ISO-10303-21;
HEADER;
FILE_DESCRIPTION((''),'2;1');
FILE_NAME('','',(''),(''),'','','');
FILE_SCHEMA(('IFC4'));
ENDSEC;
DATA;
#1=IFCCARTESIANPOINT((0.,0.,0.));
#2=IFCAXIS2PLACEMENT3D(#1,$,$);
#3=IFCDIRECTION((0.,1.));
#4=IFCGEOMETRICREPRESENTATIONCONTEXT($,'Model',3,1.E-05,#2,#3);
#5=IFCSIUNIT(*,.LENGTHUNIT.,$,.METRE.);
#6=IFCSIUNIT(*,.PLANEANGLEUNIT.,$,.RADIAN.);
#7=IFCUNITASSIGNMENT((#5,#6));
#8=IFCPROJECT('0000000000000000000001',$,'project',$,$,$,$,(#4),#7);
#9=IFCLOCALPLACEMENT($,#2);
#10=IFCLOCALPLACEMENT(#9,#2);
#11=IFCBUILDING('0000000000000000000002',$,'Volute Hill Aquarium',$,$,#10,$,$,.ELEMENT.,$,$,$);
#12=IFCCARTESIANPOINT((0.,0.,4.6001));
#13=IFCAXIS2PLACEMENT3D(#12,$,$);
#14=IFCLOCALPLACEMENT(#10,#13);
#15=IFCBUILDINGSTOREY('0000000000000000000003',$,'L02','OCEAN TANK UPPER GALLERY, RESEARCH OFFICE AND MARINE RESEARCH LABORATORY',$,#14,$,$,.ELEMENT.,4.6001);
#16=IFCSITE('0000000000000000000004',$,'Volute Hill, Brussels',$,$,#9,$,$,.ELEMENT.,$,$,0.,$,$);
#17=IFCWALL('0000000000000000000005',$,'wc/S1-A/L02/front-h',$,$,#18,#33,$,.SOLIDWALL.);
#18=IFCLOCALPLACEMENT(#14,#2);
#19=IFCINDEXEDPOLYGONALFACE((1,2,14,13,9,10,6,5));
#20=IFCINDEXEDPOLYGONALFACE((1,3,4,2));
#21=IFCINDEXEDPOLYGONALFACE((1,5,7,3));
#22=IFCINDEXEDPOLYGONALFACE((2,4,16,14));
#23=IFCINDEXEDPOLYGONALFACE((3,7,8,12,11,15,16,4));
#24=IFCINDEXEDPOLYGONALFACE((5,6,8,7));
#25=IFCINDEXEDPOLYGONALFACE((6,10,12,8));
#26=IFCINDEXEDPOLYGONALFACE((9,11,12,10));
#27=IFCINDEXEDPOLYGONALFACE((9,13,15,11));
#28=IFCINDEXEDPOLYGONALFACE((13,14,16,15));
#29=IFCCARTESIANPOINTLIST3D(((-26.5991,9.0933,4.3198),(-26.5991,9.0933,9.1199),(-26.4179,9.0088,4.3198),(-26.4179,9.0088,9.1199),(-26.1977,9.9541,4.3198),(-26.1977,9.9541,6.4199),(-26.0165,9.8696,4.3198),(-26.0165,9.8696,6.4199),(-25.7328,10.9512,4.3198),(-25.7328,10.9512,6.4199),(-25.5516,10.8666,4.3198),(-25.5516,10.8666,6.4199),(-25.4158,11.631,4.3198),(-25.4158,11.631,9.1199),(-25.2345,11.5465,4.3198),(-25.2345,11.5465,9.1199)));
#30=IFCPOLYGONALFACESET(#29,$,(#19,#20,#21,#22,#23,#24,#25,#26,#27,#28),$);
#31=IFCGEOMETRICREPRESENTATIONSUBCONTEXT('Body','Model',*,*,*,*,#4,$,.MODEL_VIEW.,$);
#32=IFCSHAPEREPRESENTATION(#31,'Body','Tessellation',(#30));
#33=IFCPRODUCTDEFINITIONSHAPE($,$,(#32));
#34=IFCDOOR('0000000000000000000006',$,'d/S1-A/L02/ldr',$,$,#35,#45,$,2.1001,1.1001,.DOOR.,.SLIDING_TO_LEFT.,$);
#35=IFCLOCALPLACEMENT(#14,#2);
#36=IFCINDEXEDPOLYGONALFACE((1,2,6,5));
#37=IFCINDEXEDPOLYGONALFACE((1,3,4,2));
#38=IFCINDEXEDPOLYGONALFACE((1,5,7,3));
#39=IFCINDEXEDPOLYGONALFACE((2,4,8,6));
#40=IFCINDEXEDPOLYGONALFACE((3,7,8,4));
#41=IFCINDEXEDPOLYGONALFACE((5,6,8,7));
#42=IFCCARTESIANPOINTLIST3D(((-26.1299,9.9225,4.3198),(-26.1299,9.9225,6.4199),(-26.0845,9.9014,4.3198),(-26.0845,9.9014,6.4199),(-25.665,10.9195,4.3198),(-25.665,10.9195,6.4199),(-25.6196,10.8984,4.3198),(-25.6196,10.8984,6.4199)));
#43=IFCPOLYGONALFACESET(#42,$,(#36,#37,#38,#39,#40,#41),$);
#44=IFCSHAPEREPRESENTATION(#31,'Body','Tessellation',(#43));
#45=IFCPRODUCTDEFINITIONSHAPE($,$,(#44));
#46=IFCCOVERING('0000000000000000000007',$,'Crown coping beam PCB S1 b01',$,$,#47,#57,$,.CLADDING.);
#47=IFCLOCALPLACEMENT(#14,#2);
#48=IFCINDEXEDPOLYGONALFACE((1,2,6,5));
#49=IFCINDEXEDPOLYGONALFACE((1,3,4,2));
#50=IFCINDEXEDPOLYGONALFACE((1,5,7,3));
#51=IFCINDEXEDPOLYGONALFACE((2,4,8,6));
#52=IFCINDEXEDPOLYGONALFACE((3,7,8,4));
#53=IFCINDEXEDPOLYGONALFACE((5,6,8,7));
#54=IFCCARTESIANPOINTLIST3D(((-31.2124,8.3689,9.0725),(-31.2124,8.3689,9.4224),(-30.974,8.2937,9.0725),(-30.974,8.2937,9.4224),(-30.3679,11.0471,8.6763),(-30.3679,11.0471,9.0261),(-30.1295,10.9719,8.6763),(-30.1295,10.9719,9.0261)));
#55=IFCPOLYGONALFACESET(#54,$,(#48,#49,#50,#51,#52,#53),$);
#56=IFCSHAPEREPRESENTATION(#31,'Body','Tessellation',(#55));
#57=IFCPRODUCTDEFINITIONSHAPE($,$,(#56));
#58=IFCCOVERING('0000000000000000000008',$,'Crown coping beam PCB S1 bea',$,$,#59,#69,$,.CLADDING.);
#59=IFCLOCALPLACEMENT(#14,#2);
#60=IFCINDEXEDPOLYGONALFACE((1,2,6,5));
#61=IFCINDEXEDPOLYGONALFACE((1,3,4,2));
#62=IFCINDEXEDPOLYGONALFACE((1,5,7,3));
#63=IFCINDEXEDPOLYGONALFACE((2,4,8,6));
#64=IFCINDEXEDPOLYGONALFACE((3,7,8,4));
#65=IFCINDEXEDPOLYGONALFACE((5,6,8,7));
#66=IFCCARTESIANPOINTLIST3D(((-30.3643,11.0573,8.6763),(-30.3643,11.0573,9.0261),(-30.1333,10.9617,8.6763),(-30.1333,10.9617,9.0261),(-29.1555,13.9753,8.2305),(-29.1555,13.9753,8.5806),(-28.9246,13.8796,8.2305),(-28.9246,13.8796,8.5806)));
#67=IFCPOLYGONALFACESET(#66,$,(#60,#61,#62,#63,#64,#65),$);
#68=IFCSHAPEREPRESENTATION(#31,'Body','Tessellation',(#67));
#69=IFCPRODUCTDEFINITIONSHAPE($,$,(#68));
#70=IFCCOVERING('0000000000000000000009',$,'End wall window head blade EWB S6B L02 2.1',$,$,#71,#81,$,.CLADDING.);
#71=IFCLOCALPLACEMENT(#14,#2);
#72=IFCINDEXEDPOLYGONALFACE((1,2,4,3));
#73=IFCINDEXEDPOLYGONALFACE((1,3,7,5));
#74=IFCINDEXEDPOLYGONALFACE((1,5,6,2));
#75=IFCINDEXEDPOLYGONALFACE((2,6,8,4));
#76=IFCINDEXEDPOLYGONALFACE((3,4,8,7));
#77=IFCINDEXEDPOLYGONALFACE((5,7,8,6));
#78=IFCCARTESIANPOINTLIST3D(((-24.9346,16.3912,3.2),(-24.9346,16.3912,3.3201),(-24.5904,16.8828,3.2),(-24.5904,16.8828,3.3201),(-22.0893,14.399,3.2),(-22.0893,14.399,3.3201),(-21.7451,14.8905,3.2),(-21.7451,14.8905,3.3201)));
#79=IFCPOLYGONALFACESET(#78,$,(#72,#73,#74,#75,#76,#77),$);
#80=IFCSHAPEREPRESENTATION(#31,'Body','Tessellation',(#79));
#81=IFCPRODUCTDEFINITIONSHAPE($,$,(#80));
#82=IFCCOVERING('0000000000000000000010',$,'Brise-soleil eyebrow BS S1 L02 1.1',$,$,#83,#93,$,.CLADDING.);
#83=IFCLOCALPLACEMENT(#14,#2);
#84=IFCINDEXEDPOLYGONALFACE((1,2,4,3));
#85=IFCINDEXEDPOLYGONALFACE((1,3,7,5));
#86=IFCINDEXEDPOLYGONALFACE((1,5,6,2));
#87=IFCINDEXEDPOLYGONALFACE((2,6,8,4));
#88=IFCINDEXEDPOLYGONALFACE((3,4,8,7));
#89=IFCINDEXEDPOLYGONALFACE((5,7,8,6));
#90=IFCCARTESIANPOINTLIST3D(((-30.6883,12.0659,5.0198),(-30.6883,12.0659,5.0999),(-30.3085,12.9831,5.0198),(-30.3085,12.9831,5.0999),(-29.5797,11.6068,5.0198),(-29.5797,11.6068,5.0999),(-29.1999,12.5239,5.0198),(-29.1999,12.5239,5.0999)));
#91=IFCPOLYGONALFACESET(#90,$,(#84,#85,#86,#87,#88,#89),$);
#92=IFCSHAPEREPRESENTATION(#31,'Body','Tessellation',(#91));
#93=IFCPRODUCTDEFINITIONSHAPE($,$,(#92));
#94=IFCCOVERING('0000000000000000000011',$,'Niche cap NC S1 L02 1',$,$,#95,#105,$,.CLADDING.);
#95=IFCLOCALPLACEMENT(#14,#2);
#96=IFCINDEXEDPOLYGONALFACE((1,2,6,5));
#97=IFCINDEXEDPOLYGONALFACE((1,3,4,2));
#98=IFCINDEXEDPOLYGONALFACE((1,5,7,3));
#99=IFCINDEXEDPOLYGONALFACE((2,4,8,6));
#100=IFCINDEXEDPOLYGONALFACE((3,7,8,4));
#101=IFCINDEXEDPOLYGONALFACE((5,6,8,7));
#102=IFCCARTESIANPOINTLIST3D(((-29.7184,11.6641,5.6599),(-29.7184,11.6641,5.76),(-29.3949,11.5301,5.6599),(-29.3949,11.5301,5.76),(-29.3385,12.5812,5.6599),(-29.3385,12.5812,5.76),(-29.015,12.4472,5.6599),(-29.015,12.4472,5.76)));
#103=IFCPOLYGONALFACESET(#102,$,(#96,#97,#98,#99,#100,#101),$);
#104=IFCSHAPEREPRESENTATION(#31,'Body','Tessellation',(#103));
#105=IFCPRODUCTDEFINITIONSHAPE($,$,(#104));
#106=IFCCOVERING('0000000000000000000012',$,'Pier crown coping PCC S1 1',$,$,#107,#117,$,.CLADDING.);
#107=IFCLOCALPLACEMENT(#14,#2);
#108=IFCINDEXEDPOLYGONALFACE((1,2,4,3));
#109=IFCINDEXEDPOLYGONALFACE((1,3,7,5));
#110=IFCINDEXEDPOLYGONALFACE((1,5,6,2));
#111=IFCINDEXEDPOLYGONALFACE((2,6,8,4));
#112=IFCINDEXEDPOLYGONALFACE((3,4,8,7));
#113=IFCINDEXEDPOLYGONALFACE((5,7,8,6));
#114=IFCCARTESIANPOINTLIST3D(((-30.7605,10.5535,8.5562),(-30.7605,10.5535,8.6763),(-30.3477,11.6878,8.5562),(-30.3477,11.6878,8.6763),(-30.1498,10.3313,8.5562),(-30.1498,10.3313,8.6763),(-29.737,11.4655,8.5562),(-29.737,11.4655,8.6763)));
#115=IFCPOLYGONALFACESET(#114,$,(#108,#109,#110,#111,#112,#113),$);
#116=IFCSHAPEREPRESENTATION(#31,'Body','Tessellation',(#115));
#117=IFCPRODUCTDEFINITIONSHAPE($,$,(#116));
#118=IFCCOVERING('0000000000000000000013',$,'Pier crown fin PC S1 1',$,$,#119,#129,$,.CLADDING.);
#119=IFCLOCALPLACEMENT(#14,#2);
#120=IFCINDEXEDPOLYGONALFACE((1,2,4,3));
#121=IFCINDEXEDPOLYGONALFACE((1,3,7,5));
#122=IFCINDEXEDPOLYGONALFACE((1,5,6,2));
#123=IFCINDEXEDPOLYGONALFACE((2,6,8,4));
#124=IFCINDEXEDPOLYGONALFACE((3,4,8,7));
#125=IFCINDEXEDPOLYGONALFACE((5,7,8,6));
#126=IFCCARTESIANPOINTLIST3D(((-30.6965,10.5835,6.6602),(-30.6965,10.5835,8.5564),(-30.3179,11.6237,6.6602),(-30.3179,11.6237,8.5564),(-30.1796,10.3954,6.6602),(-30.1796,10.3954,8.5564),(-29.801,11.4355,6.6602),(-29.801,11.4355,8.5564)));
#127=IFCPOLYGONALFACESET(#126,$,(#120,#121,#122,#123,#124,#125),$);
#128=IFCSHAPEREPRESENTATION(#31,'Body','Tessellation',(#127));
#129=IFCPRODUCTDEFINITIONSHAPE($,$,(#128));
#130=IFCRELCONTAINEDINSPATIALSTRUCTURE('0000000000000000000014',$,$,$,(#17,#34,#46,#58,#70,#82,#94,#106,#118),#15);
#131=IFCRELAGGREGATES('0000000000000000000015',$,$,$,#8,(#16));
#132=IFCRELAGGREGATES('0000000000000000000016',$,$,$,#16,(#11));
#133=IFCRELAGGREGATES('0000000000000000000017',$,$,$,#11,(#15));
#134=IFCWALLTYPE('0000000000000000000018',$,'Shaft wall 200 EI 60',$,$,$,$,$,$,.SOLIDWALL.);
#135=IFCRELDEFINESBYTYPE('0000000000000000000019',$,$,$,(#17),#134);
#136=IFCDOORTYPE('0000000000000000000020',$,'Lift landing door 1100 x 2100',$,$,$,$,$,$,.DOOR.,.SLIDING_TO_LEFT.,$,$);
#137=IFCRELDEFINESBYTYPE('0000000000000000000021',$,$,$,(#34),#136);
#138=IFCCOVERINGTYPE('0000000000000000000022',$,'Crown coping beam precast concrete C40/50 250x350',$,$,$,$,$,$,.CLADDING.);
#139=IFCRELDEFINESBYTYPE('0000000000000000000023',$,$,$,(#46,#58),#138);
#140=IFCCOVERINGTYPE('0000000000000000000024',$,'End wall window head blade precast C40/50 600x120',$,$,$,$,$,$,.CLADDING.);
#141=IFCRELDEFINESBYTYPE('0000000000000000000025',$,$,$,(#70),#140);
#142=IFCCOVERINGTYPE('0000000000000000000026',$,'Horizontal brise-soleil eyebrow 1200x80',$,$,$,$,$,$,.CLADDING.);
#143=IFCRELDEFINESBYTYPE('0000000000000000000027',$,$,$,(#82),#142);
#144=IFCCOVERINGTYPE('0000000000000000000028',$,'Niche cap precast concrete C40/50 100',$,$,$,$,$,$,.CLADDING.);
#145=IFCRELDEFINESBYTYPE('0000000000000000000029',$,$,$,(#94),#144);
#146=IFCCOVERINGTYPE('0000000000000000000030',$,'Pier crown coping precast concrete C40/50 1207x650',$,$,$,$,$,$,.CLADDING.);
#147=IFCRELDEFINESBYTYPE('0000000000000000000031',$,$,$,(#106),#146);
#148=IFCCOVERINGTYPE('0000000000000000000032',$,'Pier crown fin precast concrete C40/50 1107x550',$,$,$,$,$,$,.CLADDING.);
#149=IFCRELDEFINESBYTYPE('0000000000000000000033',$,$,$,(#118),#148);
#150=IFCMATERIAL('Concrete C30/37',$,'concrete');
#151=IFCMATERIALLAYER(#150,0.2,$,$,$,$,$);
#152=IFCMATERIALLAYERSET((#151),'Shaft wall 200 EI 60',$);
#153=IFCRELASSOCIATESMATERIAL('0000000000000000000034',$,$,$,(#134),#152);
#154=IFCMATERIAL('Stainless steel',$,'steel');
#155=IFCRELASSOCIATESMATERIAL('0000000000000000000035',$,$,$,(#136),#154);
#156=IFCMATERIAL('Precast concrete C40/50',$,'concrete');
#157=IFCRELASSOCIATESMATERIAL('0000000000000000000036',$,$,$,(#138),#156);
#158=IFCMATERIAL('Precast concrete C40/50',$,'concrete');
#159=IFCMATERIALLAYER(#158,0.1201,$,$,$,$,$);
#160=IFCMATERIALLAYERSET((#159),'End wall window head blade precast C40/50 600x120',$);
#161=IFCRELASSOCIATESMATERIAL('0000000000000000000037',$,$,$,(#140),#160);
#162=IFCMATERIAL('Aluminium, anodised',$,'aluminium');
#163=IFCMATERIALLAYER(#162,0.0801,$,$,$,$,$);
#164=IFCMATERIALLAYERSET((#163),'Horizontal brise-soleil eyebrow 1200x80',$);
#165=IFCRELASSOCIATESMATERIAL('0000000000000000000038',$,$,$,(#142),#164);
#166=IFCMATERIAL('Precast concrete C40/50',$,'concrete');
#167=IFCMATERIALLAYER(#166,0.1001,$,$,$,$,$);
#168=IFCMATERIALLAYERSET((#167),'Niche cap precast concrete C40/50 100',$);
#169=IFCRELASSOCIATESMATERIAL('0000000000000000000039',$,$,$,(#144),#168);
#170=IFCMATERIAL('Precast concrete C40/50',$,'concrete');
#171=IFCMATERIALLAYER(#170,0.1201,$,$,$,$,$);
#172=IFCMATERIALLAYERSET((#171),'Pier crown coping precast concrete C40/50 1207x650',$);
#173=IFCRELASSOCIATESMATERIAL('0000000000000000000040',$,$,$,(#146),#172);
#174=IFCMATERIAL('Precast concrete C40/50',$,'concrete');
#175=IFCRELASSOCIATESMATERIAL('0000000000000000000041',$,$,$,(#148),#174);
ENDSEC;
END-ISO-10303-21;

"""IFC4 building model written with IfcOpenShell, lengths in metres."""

from ifc_helpers import new_model, si_unit, direction, frame, frame_2d, origin, origin_2d, place, context, subcontext, project, spatial, polyline, rectangle, outline, extrude, material, layer, layer_set, type_object, element, fill, save


model = new_model("IFC4")

# Units and contexts
model_context = context("Model", 3, precision=1e-05, world=origin(), true_north=direction((0.0, 1.0)))
body_context = subcontext(model_context, "Body", "Model", "MODEL_VIEW")
ifc_project = project(units=[si_unit("LENGTHUNIT", "METRE"), si_unit("PLANEANGLEUNIT", "RADIAN")], contexts=[model_context])

# Site, building, storey
site_placement = place(None, origin())
site = spatial("IfcSite", under=ifc_project, at=site_placement, Name="Volute Hill, Brussels", CompositionType="ELEMENT", RefElevation=0.0)
building_placement = place(site_placement, origin())
building = spatial("IfcBuilding", under=site, at=building_placement, Name="Volute Hill Aquarium", CompositionType="ELEMENT")
storey_placement = place(building_placement, frame((0.0, 0.0, 4.6001)))
storey = spatial("IfcBuildingStorey", under=building, at=storey_placement, Name="L02", Description="OCEAN TANK UPPER GALLERY, RESEARCH OFFICE AND MARINE RESEARCH LABORATORY", CompositionType="ELEMENT", Elevation=4.6001)

# Shared definitions
ifc_material_1 = material(Name="Concrete C30/37", Category="concrete")
ifc_layer_1 = layer(ifc_material_1, 0.2)
ifc_layer_set_1 = layer_set([ifc_layer_1], Name="Shaft wall 200 EI 60")
wall_type_1 = type_object("IfcWallType", Name="Shaft wall 200 EI 60", PredefinedType="SOLIDWALL", material=ifc_layer_set_1)

# Wall, opening, door
wall_1_placement = place(storey_placement, frame((-25.3252, 11.5886, 4.3198), z_axis=(0.0, 0.0, 1.0), x_axis=(-0.422632, -0.906301, 0.0)))
wall_1 = element("IfcWall", 1, at=wall_1_placement, inside=storey, type_object=wall_type_1, Name="wc/S1-A/L02/front-h", PredefinedType="SOLIDWALL", context=body_context, shape_type="SweptSolid", body=[
    extrude(rectangle(XDim=2.8, YDim=0.2, at=frame_2d((1.3999, 0.0))), origin(), (0.0, 0.0, 1.0), 4.8),
])
opening_placement = place(wall_1_placement, frame((0.75, 0.0, 0.0)))
opening = element("IfcOpeningElement", 2, at=opening_placement, cuts=wall_1, PredefinedType="OPENING", context=body_context, shape_type="SweptSolid", body=[
    extrude(rectangle(XDim=1.1001, YDim=2.1001, at=frame_2d((0.55, 1.05))), frame((0.0, 0.1099, 0.0), z_axis=(0.0, -1.0, 0.0), x_axis=(1.0, 0.0, 0.0)), (0.0, 0.0, 1.0), 0.22),
])
ifc_material_2 = material(Name="Stainless steel", Category="steel")
door_type = type_object("IfcDoorType", Name="Lift landing door 1100 x 2100", OperationType="SLIDING_TO_LEFT", PredefinedType="DOOR", material=ifc_material_2)
door_placement = place(opening_placement, origin())
door = element("IfcDoor", 3, at=door_placement, inside=storey, type_object=door_type, Name="d/S1-A/L02/ldr", OperationType="SLIDING_TO_LEFT", OverallHeight=2.1001, OverallWidth=1.1001, PredefinedType="DOOR", context=body_context, shape_type="SweptSolid", body=[
    extrude(rectangle(XDim=1.1001, YDim=2.1001, at=frame_2d((0.55, 1.05))), frame((0.0, 0.0249, 0.0), z_axis=(0.0, -1.0, 0.0), x_axis=(1.0, 0.0, 0.0)), (0.0, 0.0, 1.0), 0.05),
])
fill(opening, door)

# Coverings
ifc_material_3 = material(Name="Precast concrete C40/50", Category="concrete")
covering_type_1 = type_object("IfcCoveringType", Name="Crown coping beam precast concrete C40/50 250x350", PredefinedType="CLADDING", material=ifc_material_3)
covering_1_placement = place(storey_placement, frame((-30.3679, 11.0471, 8.6763), z_axis=(-0.953713, 0.300719, 0.0), x_axis=(-0.29777, -0.944358, 0.139717)))
element("IfcCovering", 4, at=covering_1_placement, inside=storey, type_object=covering_type_1, Name="Crown coping beam PCB S1 b01", PredefinedType="CLADDING", context=body_context, shape_type="SweptSolid", body=[
    extrude(outline(polyline([(0.0, 0.0), (2.836, 0.0), (2.8849, 0.3464), (0.0489, 0.3464), (0.0, 0.0)])), origin(), (0.0, 0.0, -1.0), 0.25),
])
covering_2_placement = place(storey_placement, frame((-30.1333, 10.9617, 8.6763), z_axis=(0.923871, -0.382705, 0.0), x_axis=(0.378948, 0.914803, -0.139762)))
element("IfcCovering", 5, at=covering_2_placement, inside=storey, type_object=covering_type_1, Name="Crown coping beam PCB S1 bea", PredefinedType="CLADDING", context=body_context, shape_type="SweptSolid", body=[
    extrude(outline(polyline([(0.0, 0.0), (3.1897, 0.0), (3.1408, 0.3467), (-0.0489, 0.3464), (0.0, 0.0)])), origin(), (0.0, 0.0, -1.0), 0.25),
])
ifc_material_4 = material(Name="Precast concrete C40/50", Category="concrete")
ifc_layer_2 = layer(ifc_material_4, 0.1201)
ifc_layer_set_2 = layer_set([ifc_layer_2], Name="End wall window head blade precast C40/50 600x120")
covering_type_2 = type_object("IfcCoveringType", Name="End wall window head blade precast C40/50 600x120", PredefinedType="CLADDING", material=ifc_layer_set_2)
covering_3_placement = place(storey_placement, frame((-23.3398, 15.6409, 3.2), z_axis=(0.0, 0.0, 1.0), x_axis=(-0.819153, 0.573575, 0.0)))
element("IfcCovering", 6, at=covering_3_placement, inside=storey, type_object=covering_type_2, Name="End wall window head blade EWB S6B L02 2.1", PredefinedType="CLADDING", context=body_context, shape_type="SweptSolid", body=[
    extrude(rectangle(XDim=3.4734, YDim=0.6001, at=origin_2d()), origin(), (0.0, 0.0, 1.0), 0.1201),
])
ifc_material_5 = material(Name="Aluminium, anodised", Category="aluminium")
ifc_layer_3 = layer(ifc_material_5, 0.0801)
ifc_layer_set_3 = layer_set([ifc_layer_3], Name="Horizontal brise-soleil eyebrow 1200x80")
covering_type_3 = type_object("IfcCoveringType", Name="Horizontal brise-soleil eyebrow 1200x80", PredefinedType="CLADDING", material=ifc_layer_set_3)
covering_4_placement = place(storey_placement, frame((-29.9441, 12.2949, 5.0198), z_axis=(0.0, 0.0, 1.0), x_axis=(-0.382662, -0.923889, 0.0)))
element("IfcCovering", 7, at=covering_4_placement, inside=storey, type_object=covering_type_3, Name="Brise-soleil eyebrow BS S1 L02 1.1", PredefinedType="CLADDING", context=body_context, shape_type="SweptSolid", body=[
    extrude(rectangle(XDim=0.9927, YDim=1.2, at=origin_2d()), origin(), (0.0, 0.0, 1.0), 0.0801),
])
ifc_material_6 = material(Name="Precast concrete C40/50", Category="concrete")
ifc_layer_4 = layer(ifc_material_6, 0.1001)
ifc_layer_set_4 = layer_set([ifc_layer_4], Name="Niche cap precast concrete C40/50 100")
covering_type_4 = type_object("IfcCoveringType", Name="Niche cap precast concrete C40/50 100", PredefinedType="CLADDING", material=ifc_layer_set_4)
covering_5_placement = place(storey_placement, frame((-29.3667, 12.0557, 5.6599), z_axis=(0.0, 0.0, 1.0), x_axis=(-0.382662, -0.923889, 0.0)))
element("IfcCovering", 8, at=covering_5_placement, inside=storey, type_object=covering_type_4, Name="Niche cap NC S1 L02 1", PredefinedType="CLADDING", context=body_context, shape_type="SweptSolid", body=[
    extrude(rectangle(XDim=0.9927, YDim=0.3501, at=origin_2d()), origin(), (0.0, 0.0, 1.0), 0.1001),
])
ifc_material_7 = material(Name="Precast concrete C40/50", Category="concrete")
ifc_layer_5 = layer(ifc_material_7, 0.1201)
ifc_layer_set_5 = layer_set([ifc_layer_5], Name="Pier crown coping precast concrete C40/50 1207x650")
covering_type_5 = type_object("IfcCoveringType", Name="Pier crown coping precast concrete C40/50 1207x650", PredefinedType="CLADDING", material=ifc_layer_set_5)
covering_6_placement = place(storey_placement, frame((-30.2488, 11.0095, 8.5562), z_axis=(0.0, 0.0, 1.0), x_axis=(-0.34202, -0.939693, 0.0)))
element("IfcCovering", 9, at=covering_6_placement, inside=storey, type_object=covering_type_5, Name="Pier crown coping PCC S1 1", PredefinedType="CLADDING", context=body_context, shape_type="SweptSolid", body=[
    extrude(rectangle(XDim=1.207, YDim=0.6499, at=origin_2d()), origin(), (0.0, 0.0, 1.0), 0.1201),
])
ifc_material_8 = material(Name="Precast concrete C40/50", Category="concrete")
covering_type_6 = type_object("IfcCoveringType", Name="Pier crown fin precast concrete C40/50 1107x550", PredefinedType="CLADDING", material=ifc_material_8)
covering_7_placement = place(storey_placement, frame((-30.2488, 11.0095, 6.6602), z_axis=(0.0, 0.0, 1.0), x_axis=(-0.34202, -0.939693, 0.0)))
element("IfcCovering", 10, at=covering_7_placement, inside=storey, type_object=covering_type_6, Name="Pier crown fin PC S1 1", PredefinedType="CLADDING", context=body_context, shape_type="SweptSolid", body=[
    extrude(rectangle(XDim=1.1069, YDim=0.55, at=origin_2d()), origin(), (0.0, 0.0, 1.0), 1.8962),
])

save(model, "model.ifc")
